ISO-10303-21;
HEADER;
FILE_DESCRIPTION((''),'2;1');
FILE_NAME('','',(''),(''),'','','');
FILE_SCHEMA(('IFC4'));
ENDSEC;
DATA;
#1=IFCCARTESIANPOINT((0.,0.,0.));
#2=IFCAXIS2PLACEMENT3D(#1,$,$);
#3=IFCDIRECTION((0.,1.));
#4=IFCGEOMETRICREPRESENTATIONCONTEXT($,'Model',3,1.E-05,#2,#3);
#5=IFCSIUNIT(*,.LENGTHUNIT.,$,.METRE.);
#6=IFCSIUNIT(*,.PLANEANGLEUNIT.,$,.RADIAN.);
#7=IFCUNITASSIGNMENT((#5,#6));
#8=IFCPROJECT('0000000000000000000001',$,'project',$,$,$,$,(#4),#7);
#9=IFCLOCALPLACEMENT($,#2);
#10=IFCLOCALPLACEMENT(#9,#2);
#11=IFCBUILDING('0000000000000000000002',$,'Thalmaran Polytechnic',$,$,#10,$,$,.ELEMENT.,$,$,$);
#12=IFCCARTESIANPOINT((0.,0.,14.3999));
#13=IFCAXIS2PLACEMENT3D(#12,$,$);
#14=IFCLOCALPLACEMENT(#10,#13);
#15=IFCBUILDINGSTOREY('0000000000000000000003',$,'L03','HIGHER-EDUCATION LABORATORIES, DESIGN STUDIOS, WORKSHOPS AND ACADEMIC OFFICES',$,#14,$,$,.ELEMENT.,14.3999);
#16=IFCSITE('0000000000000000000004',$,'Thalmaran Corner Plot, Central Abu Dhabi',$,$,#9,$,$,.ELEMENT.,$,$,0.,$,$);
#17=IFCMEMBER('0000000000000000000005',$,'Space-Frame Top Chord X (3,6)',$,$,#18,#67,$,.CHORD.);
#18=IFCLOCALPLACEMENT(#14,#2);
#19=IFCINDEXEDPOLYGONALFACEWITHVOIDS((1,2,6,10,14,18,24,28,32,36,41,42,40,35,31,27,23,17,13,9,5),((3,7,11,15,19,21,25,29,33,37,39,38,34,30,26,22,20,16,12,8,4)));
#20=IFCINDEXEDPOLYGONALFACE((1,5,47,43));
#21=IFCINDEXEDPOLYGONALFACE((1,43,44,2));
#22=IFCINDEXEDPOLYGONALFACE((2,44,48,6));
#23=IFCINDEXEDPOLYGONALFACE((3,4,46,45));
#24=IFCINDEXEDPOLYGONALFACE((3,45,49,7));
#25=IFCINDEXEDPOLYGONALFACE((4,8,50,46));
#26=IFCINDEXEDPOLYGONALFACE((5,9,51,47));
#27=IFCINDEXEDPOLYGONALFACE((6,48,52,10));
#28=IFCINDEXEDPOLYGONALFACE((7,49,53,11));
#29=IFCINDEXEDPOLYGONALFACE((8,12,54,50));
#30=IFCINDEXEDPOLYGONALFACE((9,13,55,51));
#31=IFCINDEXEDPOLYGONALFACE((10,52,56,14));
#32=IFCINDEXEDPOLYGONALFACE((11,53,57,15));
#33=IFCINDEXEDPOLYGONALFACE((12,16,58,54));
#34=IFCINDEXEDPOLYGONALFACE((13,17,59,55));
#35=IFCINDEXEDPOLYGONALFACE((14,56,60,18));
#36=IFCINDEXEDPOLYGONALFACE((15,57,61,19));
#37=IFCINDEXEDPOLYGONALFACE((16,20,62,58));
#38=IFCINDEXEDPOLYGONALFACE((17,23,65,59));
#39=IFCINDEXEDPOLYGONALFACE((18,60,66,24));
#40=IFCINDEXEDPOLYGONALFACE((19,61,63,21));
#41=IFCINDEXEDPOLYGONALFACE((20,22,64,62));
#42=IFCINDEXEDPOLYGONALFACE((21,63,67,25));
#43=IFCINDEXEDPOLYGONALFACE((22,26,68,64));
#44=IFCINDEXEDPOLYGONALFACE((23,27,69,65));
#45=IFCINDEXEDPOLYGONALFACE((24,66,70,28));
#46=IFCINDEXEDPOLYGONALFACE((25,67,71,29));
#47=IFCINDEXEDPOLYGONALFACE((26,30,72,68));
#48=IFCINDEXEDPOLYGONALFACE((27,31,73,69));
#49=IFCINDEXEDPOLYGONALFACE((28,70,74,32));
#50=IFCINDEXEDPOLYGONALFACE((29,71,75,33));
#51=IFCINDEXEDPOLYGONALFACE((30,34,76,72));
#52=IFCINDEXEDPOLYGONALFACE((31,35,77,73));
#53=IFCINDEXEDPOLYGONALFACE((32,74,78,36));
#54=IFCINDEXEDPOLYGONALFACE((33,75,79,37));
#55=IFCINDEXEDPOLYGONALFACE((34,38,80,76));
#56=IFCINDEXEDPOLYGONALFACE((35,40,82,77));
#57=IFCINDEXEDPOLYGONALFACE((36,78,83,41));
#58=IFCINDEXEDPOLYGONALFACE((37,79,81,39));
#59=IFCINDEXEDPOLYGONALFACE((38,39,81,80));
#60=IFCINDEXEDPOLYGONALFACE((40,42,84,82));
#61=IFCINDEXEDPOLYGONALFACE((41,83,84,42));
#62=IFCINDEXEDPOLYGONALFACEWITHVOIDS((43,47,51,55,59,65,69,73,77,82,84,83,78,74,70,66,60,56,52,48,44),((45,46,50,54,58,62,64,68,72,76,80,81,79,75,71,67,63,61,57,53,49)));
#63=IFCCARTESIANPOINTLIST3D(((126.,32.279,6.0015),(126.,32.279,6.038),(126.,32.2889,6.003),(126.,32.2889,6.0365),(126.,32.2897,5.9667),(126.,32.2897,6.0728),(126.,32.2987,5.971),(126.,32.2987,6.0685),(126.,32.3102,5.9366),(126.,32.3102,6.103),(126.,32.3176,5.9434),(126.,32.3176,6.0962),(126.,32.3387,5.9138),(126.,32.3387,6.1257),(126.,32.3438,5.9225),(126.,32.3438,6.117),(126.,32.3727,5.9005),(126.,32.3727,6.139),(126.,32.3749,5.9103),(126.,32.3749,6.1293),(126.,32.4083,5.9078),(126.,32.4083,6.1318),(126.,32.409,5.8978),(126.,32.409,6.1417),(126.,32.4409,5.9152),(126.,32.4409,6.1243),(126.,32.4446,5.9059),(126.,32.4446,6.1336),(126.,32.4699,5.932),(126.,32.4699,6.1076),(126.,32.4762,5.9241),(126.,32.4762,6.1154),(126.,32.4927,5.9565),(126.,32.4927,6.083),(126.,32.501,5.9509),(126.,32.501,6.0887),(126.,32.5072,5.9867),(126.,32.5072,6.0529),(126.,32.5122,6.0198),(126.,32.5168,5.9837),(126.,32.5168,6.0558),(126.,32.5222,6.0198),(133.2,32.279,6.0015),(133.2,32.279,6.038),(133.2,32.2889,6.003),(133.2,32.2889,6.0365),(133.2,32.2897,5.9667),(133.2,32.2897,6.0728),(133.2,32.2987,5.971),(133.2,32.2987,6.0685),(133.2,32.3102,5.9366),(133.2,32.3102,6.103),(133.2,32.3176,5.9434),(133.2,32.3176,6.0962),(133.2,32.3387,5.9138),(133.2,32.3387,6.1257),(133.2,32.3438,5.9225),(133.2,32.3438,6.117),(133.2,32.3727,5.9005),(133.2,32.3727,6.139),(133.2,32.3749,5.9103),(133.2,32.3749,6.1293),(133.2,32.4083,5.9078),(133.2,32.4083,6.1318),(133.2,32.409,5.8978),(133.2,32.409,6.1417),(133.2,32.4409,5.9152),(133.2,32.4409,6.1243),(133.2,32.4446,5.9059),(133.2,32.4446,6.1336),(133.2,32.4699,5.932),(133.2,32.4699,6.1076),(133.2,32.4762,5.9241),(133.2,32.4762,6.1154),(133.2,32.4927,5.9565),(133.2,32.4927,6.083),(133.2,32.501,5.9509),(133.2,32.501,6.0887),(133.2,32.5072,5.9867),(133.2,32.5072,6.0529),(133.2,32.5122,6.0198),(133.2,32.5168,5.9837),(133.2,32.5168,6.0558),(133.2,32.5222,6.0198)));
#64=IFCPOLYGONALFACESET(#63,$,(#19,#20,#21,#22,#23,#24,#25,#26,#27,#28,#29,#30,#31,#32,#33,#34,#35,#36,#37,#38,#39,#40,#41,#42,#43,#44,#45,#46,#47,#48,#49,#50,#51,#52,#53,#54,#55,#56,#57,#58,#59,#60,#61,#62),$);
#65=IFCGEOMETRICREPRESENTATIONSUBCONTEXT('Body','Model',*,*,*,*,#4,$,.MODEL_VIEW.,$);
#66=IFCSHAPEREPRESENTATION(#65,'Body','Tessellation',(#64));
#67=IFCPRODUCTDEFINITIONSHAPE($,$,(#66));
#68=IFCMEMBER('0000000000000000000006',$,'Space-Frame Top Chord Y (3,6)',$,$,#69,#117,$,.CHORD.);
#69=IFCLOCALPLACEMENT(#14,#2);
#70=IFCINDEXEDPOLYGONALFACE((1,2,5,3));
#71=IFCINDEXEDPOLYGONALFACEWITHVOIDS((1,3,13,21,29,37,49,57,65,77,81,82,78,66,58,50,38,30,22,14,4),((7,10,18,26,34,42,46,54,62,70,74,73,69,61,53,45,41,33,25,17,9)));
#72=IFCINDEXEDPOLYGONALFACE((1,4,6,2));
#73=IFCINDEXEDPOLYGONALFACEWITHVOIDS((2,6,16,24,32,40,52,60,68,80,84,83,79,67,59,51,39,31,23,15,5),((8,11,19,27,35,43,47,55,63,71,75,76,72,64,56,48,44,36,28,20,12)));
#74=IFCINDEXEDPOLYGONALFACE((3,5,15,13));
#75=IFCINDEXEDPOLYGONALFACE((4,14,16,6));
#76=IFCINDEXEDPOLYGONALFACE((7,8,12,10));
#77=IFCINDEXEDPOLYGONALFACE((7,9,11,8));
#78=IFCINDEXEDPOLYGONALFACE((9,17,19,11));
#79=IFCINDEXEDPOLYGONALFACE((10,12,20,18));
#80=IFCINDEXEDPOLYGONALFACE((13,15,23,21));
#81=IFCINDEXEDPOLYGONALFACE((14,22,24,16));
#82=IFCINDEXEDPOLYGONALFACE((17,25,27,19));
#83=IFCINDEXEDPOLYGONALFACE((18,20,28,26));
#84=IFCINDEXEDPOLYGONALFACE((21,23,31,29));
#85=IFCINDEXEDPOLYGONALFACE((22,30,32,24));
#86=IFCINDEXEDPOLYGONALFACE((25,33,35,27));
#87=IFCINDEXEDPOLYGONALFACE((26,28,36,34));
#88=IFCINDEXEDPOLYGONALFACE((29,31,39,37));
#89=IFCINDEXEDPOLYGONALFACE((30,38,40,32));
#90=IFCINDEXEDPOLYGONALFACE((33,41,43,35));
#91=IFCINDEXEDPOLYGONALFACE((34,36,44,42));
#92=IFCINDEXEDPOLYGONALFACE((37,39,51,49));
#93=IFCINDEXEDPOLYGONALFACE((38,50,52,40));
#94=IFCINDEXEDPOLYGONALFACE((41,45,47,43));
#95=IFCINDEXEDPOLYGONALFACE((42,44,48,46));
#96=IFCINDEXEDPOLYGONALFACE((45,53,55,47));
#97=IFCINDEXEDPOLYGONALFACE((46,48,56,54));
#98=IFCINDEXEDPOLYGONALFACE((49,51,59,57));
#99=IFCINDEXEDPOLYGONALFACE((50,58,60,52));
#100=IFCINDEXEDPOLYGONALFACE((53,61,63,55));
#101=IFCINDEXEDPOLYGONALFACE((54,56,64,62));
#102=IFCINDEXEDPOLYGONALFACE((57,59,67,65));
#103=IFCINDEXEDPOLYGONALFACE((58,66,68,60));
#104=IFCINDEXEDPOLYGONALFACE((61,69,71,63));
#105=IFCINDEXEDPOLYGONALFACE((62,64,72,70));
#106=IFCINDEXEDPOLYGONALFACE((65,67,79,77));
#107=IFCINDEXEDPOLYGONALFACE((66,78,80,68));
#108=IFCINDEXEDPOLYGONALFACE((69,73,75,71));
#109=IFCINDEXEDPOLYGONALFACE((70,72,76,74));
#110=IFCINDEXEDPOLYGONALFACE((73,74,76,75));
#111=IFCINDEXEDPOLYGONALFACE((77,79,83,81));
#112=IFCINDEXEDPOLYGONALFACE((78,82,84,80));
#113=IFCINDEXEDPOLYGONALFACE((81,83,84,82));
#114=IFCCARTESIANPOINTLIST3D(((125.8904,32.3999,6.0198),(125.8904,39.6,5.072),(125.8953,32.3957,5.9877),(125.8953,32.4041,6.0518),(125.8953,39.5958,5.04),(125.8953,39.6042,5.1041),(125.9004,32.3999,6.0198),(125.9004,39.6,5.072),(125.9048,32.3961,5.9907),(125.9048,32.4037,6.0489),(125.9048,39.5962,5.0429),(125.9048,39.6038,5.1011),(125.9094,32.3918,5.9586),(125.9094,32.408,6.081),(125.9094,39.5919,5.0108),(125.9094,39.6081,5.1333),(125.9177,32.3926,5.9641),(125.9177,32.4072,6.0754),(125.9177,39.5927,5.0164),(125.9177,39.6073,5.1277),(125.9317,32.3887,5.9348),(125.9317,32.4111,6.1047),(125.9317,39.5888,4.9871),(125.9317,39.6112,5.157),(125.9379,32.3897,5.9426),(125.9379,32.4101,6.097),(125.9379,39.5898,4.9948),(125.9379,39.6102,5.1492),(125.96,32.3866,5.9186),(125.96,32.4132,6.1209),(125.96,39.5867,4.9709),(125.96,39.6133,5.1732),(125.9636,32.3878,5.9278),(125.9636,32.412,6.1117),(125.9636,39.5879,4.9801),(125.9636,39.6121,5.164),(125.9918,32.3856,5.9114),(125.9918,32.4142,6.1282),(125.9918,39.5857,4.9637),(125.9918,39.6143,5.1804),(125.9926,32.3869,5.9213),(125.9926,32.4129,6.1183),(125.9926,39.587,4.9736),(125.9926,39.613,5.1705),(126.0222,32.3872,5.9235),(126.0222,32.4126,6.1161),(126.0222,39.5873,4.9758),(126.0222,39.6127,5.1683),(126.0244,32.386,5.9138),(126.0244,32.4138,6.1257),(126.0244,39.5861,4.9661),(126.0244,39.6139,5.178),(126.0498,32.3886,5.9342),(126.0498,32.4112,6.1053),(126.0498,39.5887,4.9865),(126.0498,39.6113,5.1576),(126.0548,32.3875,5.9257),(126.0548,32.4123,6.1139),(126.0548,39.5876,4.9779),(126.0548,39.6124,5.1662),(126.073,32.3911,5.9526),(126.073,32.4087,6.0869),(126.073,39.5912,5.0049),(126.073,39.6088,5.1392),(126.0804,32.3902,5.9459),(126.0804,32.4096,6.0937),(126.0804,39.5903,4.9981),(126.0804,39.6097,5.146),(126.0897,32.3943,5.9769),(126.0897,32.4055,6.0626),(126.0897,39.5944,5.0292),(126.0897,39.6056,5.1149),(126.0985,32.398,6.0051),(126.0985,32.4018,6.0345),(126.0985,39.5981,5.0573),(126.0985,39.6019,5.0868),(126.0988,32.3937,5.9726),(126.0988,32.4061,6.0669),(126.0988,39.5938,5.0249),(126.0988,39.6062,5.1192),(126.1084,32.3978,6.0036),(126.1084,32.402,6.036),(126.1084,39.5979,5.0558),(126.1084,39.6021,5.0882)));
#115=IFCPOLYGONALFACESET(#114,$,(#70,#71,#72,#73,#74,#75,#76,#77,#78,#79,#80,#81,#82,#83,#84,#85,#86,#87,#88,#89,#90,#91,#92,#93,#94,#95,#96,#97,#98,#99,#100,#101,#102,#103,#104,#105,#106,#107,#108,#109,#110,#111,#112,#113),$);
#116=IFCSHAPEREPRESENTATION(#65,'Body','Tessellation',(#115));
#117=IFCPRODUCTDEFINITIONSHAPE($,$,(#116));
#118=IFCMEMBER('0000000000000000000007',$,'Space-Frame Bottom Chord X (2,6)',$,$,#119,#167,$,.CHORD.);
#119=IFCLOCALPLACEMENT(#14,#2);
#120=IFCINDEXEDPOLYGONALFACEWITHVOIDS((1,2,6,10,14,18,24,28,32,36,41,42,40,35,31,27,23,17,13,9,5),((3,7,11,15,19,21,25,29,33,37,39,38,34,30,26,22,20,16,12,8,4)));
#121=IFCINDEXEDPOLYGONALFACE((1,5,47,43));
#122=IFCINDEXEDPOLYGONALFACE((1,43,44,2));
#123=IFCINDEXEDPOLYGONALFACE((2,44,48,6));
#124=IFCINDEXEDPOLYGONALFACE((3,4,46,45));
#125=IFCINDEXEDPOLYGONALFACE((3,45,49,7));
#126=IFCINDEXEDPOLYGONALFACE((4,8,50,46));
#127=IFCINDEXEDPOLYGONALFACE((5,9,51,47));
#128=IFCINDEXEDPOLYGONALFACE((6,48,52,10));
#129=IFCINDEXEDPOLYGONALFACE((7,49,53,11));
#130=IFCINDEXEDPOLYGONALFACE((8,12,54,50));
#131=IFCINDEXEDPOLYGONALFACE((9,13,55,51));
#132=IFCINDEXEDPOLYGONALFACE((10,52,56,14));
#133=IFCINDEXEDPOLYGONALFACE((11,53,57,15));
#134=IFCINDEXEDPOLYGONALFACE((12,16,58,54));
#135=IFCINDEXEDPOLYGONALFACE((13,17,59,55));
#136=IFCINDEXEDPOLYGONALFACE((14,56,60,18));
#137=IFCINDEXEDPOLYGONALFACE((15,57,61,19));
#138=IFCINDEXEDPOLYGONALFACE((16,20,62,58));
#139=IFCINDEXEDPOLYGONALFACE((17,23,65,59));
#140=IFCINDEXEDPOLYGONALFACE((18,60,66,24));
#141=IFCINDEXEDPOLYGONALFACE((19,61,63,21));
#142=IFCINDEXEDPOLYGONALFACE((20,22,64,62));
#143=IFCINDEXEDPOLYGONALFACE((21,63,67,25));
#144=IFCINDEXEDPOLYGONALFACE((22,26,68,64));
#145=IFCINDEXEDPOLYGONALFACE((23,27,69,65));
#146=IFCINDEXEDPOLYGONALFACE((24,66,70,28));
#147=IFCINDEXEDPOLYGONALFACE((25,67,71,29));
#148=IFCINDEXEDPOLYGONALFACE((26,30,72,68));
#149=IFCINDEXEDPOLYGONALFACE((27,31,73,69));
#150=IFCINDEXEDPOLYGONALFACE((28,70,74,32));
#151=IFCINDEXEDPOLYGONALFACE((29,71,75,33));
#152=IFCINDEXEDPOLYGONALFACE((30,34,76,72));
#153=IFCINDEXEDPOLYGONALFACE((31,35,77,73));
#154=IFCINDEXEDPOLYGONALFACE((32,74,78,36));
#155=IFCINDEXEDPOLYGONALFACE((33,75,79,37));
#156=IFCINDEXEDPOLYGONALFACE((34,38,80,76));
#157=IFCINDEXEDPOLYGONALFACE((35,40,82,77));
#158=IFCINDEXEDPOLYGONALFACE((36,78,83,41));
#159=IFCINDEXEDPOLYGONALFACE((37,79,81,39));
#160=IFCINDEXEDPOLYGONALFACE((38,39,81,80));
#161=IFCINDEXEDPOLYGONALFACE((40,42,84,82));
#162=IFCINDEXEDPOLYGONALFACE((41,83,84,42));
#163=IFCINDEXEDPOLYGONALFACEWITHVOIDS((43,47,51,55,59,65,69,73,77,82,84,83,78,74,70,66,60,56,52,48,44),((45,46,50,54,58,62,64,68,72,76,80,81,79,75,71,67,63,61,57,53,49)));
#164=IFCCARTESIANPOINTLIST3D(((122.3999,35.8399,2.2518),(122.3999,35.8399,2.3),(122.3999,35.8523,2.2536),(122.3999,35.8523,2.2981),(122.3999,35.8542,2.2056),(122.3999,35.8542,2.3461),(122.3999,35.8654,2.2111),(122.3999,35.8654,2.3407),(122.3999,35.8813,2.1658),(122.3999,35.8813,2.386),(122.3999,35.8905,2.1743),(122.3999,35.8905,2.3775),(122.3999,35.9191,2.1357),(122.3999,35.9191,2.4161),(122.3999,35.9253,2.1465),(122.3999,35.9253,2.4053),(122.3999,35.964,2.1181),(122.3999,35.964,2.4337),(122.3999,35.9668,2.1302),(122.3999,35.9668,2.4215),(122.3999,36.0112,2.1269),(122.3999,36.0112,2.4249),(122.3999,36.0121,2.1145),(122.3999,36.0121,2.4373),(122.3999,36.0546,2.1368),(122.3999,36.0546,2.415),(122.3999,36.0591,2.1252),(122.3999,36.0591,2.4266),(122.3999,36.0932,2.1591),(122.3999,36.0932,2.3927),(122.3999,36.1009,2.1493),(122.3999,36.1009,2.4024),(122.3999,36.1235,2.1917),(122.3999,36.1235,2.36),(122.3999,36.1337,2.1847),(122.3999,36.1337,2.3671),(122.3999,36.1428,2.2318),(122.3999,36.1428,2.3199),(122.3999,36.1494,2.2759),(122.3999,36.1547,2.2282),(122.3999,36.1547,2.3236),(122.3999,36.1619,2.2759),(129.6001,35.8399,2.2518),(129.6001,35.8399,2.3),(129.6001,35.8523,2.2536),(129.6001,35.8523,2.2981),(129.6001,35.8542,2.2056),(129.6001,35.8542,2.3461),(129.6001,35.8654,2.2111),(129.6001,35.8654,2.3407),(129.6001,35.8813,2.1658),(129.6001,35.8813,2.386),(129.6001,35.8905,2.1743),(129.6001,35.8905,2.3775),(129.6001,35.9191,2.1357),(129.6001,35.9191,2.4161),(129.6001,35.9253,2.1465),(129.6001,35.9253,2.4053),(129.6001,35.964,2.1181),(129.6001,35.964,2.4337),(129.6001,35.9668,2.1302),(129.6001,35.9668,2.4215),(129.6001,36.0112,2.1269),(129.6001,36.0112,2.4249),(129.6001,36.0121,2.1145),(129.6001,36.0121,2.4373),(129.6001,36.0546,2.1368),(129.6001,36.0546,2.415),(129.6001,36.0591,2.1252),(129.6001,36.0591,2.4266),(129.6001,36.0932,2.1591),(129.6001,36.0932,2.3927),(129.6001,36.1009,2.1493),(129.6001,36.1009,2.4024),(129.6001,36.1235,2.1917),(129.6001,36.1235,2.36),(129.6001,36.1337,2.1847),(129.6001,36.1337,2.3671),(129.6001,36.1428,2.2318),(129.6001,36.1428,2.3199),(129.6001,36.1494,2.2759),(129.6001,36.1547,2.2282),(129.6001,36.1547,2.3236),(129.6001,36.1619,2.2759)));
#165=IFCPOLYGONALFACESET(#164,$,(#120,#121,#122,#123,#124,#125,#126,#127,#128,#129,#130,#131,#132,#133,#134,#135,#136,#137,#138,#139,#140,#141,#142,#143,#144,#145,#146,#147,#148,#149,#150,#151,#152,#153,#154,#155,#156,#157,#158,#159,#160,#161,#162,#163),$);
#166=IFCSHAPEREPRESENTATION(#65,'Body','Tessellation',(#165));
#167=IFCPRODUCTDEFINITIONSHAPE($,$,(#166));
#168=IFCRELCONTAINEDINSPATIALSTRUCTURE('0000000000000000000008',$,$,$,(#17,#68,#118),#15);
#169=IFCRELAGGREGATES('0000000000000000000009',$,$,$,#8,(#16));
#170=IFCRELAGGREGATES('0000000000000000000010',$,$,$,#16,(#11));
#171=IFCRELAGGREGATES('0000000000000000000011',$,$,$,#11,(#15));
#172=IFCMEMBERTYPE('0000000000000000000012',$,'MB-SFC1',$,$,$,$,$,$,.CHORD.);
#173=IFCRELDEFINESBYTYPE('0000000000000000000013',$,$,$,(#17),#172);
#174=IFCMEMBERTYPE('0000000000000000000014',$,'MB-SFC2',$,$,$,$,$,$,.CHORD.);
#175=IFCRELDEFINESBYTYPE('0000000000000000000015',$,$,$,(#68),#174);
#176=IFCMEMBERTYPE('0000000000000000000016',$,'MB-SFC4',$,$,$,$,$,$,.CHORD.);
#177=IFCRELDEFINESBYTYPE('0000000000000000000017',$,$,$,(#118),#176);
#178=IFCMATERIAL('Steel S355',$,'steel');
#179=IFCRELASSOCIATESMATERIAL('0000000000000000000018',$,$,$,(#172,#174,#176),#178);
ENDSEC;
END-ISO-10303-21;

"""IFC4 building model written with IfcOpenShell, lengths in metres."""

from ifc_helpers import new_model, si_unit, direction, frame, origin, origin_2d, place, context, subcontext, project, spatial, hollow_circle, extrude, material, material_profile, profile_set, type_object, element, save


model = new_model("IFC4")

# Units and contexts
model_context = context("Model", 3, precision=1e-05, world=origin(), true_north=direction((0.0, 1.0)))
body_context = subcontext(model_context, "Body", "Model", "MODEL_VIEW")
ifc_project = project(units=[si_unit("LENGTHUNIT", "METRE"), si_unit("PLANEANGLEUNIT", "RADIAN")], contexts=[model_context])

# Site, building, storey
site_placement = place(None, origin())
site = spatial("IfcSite", under=ifc_project, at=site_placement, Name="Thalmaran Corner Plot, Central Abu Dhabi", CompositionType="ELEMENT", RefElevation=0.0)
building_placement = place(site_placement, origin())
building = spatial("IfcBuilding", under=site, at=building_placement, Name="Thalmaran Polytechnic", CompositionType="ELEMENT")
storey_placement = place(building_placement, frame((0.0, 0.0, 14.3999)))
storey = spatial("IfcBuildingStorey", under=building, at=storey_placement, Name="L03", Description="HIGHER-EDUCATION LABORATORIES, DESIGN STUDIOS, WORKSHOPS AND ACADEMIC OFFICES", CompositionType="ELEMENT", Elevation=14.3999)

# Members
ifc_material = material(Name="Steel S355", Category="steel")
ifc_material_profile_1 = material_profile(ifc_material, hollow_circle(Radius=0.1223, WallThickness=0.01, at=origin_2d()), Name="CHS 244.5x10.0")
ifc_profile_set_1 = profile_set([ifc_material_profile_1], Name="Steel S355")
member_type_1 = type_object("IfcMemberType", Name="MB-SFC1", PredefinedType="CHORD", material=ifc_profile_set_1)
member_1_placement = place(storey_placement, frame((126.0, 32.3999, 6.0198), z_axis=(1.0, 0.0, 0.0), x_axis=(0.0, 1.0, 0.0)))
element("IfcMember", 1, at=member_1_placement, inside=storey, type_object=member_type_1, Name="Space-Frame Top Chord X (3,6)", PredefinedType="CHORD", context=body_context, shape_type="SweptSolid", body=[
    extrude(hollow_circle(Radius=0.1223, WallThickness=0.01, at=origin_2d()), origin(), (0.0, 0.0, 1.0), 7.2),
])
ifc_material_profile_2 = material_profile(ifc_material, hollow_circle(Radius=0.1096, WallThickness=0.01, at=origin_2d()), Name="CHS 219.1x10.0")
ifc_profile_set_2 = profile_set([ifc_material_profile_2], Name="Steel S355")
member_type_2 = type_object("IfcMemberType", Name="MB-SFC2", PredefinedType="CHORD", material=ifc_profile_set_2)
member_2_placement = place(storey_placement, frame((126.0, 32.3999, 6.0198), z_axis=(0.0, 0.991448, -0.130503), x_axis=(-1.0, 0.0, 0.0)))
element("IfcMember", 2, at=member_2_placement, inside=storey, type_object=member_type_2, Name="Space-Frame Top Chord Y (3,6)", PredefinedType="CHORD", context=body_context, shape_type="SweptSolid", body=[
    extrude(hollow_circle(Radius=0.1096, WallThickness=0.01, at=origin_2d()), origin(), (0.0, 0.0, 1.0), 7.2622),
])
ifc_material_profile_3 = material_profile(ifc_material, hollow_circle(Radius=0.1619, WallThickness=0.0125, at=origin_2d()), Name="CHS 323.9x12.5")
ifc_profile_set_3 = profile_set([ifc_material_profile_3], Name="Steel S355")
member_type_3 = type_object("IfcMemberType", Name="MB-SFC4", PredefinedType="CHORD", material=ifc_profile_set_3)
member_3_placement = place(storey_placement, frame((122.3999, 36.0, 2.2759), z_axis=(1.0, 0.0, 0.0), x_axis=(0.0, 1.0, 0.0)))
element("IfcMember", 3, at=member_3_placement, inside=storey, type_object=member_type_3, Name="Space-Frame Bottom Chord X (2,6)", PredefinedType="CHORD", context=body_context, shape_type="SweptSolid", body=[
    extrude(hollow_circle(Radius=0.1619, WallThickness=0.0125, at=origin_2d()), origin(), (0.0, 0.0, 1.0), 7.2002),
])

save(model, "model.ifc")
